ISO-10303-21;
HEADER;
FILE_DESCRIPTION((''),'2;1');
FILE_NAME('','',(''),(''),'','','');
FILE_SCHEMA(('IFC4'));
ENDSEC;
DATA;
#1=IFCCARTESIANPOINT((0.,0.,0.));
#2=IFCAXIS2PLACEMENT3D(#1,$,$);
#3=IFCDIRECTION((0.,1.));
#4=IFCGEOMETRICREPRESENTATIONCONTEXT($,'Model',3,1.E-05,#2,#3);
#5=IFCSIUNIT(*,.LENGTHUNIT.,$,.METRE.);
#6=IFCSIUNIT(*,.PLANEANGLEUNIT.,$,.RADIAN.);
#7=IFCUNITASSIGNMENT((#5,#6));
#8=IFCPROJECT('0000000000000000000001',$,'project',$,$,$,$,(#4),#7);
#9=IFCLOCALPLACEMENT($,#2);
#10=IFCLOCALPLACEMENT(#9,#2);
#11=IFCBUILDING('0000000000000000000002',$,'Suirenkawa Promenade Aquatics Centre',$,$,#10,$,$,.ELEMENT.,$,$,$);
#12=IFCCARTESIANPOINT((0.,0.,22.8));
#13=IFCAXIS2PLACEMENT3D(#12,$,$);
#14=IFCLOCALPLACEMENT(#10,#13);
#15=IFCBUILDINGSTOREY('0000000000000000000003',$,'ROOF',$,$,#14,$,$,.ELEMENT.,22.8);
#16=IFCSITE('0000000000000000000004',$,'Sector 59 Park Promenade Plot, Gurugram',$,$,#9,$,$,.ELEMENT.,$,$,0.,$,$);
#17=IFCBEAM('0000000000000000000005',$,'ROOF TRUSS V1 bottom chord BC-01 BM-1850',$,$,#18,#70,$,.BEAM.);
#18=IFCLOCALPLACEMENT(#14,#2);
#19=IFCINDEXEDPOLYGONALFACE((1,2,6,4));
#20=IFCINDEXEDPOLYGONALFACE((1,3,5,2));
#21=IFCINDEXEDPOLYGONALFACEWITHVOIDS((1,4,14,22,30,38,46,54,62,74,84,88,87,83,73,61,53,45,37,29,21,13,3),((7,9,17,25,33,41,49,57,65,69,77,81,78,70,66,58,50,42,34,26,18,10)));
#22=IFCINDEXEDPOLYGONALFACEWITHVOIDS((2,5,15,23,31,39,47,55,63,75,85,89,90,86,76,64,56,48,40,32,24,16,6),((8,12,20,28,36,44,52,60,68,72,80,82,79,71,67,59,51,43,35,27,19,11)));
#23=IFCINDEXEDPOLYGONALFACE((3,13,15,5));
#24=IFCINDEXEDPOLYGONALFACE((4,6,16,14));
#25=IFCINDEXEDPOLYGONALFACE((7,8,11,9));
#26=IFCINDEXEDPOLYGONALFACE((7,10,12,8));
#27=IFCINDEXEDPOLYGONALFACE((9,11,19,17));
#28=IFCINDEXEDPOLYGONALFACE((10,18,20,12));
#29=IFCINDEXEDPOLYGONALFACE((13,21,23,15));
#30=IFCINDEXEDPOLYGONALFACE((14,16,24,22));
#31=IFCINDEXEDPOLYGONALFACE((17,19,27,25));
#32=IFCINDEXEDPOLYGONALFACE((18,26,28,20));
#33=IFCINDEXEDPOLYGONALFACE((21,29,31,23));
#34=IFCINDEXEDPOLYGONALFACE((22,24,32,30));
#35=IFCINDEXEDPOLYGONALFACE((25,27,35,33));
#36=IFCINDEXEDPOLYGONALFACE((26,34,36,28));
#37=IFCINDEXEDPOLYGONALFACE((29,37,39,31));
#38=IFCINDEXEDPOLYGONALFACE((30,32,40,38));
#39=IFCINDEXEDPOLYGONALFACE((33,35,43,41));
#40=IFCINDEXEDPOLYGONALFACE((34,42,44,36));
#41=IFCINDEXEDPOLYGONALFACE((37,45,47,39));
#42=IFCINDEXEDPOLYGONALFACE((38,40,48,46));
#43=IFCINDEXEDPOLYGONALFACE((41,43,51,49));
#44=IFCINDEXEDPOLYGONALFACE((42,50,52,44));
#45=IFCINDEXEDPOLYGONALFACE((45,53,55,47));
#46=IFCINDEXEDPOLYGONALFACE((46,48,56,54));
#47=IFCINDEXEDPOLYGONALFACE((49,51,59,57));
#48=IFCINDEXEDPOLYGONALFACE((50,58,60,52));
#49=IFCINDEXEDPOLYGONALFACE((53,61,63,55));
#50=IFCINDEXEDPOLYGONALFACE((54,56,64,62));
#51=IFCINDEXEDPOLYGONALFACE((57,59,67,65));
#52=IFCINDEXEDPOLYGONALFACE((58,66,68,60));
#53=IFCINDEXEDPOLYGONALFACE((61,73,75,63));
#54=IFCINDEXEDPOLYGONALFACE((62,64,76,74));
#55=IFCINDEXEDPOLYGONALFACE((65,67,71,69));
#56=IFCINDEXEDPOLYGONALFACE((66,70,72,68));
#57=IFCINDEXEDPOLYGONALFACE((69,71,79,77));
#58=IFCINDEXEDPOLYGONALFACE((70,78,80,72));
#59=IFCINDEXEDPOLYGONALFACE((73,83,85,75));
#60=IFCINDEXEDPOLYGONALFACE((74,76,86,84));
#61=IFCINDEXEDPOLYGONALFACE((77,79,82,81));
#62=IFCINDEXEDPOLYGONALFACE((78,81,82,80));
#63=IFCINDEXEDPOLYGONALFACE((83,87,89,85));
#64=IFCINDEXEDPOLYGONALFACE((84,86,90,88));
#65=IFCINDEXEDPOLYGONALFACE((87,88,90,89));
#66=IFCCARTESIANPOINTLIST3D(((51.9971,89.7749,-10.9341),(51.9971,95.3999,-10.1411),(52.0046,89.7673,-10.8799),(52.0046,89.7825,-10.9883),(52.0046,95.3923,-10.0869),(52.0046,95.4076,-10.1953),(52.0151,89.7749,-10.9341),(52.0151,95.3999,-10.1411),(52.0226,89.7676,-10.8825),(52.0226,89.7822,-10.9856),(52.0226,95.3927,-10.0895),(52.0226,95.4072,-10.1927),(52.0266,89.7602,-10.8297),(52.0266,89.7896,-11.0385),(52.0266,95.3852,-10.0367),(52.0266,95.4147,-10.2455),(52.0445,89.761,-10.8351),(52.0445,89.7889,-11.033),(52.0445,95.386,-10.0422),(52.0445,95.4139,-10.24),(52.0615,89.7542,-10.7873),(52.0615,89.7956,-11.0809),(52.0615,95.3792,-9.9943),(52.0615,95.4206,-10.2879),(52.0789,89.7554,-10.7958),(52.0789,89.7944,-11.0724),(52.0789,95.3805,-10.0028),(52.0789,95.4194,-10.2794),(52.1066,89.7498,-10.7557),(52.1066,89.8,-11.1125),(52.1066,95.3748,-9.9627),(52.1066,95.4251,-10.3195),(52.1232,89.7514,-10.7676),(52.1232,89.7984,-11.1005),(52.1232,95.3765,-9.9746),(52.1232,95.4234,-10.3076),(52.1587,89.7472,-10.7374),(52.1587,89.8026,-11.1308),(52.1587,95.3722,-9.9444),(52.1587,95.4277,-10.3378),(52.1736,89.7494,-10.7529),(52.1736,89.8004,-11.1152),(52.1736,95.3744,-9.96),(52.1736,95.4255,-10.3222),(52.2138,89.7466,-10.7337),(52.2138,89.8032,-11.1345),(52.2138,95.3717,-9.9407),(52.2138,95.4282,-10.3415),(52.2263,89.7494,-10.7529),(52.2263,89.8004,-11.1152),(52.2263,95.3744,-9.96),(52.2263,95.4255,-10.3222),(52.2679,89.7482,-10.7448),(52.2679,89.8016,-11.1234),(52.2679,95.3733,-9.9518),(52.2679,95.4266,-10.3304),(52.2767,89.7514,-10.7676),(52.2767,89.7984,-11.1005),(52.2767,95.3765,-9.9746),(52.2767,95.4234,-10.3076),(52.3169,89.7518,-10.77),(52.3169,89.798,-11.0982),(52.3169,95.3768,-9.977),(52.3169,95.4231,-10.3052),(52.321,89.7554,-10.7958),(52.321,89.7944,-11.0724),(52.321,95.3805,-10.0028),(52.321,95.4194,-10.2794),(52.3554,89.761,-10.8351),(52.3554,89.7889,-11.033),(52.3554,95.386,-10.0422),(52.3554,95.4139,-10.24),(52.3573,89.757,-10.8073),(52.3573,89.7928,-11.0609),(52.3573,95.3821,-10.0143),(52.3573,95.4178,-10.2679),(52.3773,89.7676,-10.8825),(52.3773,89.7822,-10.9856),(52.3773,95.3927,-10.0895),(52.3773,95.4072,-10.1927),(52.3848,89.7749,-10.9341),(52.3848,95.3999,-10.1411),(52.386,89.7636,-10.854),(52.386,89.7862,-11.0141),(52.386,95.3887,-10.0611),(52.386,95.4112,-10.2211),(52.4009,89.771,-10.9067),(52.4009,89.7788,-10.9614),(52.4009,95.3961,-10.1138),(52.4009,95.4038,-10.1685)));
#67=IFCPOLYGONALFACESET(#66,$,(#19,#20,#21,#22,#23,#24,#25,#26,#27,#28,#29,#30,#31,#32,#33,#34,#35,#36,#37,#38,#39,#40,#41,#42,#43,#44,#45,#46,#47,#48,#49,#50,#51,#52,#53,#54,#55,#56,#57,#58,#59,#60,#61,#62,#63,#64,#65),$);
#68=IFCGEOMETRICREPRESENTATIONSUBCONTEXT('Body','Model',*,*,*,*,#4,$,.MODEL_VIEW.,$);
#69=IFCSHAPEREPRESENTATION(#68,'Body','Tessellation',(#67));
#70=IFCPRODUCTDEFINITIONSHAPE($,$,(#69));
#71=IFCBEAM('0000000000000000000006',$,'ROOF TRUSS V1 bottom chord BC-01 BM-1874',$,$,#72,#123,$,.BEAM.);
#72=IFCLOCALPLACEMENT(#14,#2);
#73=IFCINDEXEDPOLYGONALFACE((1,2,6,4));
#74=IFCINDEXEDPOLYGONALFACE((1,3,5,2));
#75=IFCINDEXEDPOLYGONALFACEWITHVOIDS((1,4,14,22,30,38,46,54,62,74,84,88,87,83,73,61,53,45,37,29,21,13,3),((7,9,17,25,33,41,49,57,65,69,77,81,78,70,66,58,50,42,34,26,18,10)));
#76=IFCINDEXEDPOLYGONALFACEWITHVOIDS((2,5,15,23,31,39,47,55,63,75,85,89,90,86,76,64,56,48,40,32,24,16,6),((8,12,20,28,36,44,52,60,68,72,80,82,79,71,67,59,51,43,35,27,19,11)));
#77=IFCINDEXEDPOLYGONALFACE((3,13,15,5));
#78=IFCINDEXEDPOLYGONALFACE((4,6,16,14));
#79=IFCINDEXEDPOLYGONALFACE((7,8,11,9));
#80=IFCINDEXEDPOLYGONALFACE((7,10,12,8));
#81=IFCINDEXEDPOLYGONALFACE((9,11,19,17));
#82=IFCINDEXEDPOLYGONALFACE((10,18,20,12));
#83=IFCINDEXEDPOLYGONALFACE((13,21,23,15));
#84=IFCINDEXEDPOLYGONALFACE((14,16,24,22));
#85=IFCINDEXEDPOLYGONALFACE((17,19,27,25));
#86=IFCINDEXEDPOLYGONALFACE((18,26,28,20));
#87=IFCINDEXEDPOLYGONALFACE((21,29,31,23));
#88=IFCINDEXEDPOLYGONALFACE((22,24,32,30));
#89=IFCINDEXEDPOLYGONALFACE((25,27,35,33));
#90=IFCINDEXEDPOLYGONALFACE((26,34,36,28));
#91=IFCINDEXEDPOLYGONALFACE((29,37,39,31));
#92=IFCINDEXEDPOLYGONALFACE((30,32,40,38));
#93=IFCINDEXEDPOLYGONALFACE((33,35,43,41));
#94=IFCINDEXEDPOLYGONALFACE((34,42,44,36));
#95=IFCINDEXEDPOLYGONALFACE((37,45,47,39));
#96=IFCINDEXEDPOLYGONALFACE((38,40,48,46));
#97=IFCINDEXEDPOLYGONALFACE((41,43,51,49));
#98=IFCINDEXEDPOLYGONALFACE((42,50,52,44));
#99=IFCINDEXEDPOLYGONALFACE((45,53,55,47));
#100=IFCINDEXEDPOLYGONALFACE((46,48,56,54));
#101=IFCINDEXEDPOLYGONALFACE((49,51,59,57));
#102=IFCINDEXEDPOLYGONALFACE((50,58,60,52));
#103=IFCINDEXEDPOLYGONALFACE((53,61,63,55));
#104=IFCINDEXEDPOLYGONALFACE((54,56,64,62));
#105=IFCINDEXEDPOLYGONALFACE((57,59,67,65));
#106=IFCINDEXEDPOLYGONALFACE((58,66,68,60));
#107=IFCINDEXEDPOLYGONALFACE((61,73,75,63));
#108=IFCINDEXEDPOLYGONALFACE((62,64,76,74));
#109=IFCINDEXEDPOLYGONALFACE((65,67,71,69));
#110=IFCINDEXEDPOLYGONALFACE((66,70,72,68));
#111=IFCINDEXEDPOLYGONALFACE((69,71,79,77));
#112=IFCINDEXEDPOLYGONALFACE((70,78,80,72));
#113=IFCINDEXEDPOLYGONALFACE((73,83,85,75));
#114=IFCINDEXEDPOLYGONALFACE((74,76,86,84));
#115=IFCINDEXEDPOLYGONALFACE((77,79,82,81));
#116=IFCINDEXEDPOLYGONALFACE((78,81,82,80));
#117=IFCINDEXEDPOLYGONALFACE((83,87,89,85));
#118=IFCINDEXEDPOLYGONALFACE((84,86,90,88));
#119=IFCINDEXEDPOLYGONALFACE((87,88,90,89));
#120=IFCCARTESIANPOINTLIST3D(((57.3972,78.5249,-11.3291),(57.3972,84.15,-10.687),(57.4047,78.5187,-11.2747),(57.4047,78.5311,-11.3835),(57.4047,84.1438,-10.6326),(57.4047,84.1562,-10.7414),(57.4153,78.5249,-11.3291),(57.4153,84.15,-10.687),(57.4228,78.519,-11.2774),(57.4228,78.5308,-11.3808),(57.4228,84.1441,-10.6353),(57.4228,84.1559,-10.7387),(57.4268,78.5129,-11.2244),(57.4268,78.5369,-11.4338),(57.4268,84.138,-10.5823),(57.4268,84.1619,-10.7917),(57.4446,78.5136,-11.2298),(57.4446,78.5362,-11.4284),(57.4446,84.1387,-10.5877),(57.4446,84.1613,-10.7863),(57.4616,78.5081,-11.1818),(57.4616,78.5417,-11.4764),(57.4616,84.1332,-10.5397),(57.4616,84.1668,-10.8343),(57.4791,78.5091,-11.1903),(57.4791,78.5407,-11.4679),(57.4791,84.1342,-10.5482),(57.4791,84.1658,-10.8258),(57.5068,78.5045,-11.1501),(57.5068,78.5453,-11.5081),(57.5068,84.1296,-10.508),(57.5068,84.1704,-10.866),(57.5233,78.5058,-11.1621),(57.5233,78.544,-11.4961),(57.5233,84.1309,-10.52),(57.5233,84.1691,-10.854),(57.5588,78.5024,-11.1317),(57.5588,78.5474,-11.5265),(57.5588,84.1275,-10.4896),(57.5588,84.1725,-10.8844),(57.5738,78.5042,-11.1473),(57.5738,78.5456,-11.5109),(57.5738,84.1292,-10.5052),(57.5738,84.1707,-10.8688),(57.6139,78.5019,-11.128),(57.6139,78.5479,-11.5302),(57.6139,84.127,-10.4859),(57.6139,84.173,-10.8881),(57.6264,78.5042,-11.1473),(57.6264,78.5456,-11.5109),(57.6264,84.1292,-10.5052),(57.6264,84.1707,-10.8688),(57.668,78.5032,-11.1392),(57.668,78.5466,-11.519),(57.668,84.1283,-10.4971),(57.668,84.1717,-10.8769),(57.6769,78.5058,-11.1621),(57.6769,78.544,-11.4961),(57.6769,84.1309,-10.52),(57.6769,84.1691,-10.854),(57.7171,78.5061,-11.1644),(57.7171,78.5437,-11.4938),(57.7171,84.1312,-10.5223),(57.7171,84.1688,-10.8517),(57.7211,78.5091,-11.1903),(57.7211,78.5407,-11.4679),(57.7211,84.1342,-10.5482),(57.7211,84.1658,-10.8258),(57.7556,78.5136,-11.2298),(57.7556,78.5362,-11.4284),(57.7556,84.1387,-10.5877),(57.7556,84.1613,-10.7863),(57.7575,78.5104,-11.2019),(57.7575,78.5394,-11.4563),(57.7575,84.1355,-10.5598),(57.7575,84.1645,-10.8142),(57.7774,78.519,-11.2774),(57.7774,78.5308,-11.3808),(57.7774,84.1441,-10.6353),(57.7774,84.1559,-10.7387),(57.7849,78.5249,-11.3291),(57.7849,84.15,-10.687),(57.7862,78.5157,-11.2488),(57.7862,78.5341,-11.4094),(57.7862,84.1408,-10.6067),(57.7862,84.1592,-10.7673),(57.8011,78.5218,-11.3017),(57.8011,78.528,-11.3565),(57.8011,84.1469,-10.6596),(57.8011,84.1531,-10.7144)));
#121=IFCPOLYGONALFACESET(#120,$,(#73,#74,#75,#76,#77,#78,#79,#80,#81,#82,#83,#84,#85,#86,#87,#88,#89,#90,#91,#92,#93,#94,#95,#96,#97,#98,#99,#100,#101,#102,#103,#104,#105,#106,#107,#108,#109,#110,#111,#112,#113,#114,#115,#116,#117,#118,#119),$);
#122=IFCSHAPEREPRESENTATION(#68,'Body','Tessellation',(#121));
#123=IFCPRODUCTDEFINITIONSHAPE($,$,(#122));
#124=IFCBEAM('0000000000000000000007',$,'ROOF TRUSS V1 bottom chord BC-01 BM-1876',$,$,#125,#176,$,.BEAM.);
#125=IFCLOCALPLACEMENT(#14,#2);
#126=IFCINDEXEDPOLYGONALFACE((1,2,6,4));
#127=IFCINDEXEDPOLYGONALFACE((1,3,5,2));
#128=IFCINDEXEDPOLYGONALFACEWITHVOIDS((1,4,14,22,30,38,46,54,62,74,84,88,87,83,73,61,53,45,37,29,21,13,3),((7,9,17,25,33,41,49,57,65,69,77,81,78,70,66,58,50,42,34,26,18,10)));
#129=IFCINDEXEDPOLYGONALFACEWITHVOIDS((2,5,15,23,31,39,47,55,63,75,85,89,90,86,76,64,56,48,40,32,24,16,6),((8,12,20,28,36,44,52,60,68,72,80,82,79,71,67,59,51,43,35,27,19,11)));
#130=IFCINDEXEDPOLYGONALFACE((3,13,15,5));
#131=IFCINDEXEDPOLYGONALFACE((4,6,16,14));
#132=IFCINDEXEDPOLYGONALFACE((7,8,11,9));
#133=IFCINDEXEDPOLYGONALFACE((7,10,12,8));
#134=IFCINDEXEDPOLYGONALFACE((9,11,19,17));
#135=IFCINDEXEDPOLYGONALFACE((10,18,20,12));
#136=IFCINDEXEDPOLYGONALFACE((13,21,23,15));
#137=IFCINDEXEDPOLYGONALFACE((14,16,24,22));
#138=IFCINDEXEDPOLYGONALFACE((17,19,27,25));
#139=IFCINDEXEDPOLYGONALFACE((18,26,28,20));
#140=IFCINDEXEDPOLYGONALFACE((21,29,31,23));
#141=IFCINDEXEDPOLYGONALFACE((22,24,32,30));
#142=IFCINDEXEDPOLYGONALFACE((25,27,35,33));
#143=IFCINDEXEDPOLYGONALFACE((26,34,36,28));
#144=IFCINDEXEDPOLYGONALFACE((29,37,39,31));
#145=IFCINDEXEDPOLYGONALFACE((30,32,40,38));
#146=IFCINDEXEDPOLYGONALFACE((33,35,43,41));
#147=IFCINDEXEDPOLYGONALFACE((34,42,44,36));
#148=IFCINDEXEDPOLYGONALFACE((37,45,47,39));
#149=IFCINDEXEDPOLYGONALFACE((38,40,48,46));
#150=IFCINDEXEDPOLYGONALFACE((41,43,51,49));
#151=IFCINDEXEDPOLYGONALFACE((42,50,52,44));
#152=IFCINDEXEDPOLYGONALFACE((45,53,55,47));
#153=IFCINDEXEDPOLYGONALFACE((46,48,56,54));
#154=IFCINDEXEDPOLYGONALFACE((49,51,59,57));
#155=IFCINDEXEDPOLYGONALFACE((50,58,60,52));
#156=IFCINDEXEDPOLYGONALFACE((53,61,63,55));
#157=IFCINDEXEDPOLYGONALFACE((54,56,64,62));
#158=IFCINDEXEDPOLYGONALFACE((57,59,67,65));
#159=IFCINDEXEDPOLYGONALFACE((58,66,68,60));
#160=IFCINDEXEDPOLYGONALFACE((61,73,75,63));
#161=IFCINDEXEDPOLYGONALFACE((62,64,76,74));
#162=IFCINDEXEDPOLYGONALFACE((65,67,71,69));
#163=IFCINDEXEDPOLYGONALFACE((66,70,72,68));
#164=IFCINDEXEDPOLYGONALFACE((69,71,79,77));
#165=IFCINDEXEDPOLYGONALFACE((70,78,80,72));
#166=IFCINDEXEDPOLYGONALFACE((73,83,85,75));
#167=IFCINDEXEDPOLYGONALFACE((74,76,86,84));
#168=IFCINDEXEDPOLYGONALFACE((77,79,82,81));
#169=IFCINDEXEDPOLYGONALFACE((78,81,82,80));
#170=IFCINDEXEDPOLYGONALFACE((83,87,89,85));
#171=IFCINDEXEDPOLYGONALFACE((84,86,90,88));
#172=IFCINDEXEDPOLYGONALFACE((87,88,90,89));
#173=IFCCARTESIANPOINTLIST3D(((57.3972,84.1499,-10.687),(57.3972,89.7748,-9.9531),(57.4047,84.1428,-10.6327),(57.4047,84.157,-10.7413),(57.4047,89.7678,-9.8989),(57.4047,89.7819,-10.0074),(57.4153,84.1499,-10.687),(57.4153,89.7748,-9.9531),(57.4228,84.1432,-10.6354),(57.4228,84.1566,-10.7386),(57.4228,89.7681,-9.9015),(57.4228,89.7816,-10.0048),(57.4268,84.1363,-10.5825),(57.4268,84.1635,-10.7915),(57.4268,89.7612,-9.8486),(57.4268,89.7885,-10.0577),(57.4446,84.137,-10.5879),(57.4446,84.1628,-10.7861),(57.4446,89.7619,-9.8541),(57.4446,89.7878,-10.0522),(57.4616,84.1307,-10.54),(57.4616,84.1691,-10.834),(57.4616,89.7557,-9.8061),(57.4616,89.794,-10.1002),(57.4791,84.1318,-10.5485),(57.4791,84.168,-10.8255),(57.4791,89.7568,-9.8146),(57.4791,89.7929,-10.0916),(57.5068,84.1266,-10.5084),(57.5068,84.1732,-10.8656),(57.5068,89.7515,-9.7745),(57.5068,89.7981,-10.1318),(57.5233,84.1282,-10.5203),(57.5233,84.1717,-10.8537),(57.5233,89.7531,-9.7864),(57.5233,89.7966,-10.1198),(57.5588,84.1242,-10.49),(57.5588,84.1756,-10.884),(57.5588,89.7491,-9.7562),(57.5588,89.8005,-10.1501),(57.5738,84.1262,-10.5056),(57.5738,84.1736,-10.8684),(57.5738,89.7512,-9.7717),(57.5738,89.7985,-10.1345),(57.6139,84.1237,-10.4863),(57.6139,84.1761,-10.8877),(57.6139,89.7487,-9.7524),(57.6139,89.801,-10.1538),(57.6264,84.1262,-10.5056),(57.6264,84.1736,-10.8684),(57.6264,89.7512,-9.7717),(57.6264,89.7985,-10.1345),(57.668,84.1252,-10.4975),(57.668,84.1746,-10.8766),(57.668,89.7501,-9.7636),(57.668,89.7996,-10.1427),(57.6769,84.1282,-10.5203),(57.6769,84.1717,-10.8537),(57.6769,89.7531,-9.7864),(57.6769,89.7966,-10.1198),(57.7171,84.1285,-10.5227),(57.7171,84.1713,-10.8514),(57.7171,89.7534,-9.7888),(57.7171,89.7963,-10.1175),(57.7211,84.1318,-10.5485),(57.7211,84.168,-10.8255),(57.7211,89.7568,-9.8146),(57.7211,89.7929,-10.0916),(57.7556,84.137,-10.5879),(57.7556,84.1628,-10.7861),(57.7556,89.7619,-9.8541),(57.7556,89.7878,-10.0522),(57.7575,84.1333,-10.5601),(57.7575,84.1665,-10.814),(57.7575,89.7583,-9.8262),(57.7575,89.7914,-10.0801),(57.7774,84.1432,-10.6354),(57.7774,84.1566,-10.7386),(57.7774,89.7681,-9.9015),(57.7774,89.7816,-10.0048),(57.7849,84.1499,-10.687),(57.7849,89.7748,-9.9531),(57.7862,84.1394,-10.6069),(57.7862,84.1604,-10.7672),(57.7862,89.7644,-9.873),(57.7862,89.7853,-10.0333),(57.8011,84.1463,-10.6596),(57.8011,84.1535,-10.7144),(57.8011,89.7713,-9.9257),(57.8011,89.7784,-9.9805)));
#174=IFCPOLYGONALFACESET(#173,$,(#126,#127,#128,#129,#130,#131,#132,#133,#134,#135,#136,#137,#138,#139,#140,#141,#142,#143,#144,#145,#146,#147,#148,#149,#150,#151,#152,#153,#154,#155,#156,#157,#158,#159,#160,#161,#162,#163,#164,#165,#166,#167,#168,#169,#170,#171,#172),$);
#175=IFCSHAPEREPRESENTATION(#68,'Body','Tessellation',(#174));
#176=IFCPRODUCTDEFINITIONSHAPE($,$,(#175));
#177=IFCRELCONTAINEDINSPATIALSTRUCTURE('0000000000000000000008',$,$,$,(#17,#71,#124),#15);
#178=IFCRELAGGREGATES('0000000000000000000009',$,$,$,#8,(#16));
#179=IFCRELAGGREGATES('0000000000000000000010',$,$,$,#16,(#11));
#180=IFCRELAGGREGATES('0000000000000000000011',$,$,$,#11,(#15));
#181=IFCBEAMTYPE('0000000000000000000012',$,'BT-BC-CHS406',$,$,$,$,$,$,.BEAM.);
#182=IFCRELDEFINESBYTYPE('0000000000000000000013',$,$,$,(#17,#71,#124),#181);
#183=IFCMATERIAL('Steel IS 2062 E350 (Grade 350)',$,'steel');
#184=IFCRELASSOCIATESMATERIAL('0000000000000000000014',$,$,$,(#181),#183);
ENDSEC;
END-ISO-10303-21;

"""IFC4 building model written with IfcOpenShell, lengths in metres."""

from ifc_helpers import new_model, si_unit, direction, frame, origin, origin_2d, place, context, subcontext, project, spatial, hollow_circle, extrude, material, material_profile, profile_set, type_object, element, save


model = new_model("IFC4")

# Units and contexts
model_context = context("Model", 3, precision=1e-05, world=origin(), true_north=direction((0.0, 1.0)))
body_context = subcontext(model_context, "Body", "Model", "MODEL_VIEW")
ifc_project = project(units=[si_unit("LENGTHUNIT", "METRE"), si_unit("PLANEANGLEUNIT", "RADIAN")], contexts=[model_context])

# Site, building, storey
site_placement = place(None, origin())
site = spatial("IfcSite", under=ifc_project, at=site_placement, Name="Sector 59 Park Promenade Plot, Gurugram", CompositionType="ELEMENT", RefElevation=0.0)
building_placement = place(site_placement, origin())
building = spatial("IfcBuilding", under=site, at=building_placement, Name="Suirenkawa Promenade Aquatics Centre", CompositionType="ELEMENT")
storey_placement = place(building_placement, frame((0.0, 0.0, 22.8)))
storey = spatial("IfcBuildingStorey", under=building, at=storey_placement, Name="ROOF", CompositionType="ELEMENT", Elevation=22.8)

# Beams
ifc_material = material(Name="Steel IS 2062 E350 (Grade 350)", Category="steel")
ifc_material_profile_1 = material_profile(ifc_material, hollow_circle(Radius=0.2029, WallThickness=0.0181, at=origin_2d()), Name="CHS 406x18", Category="steel")
ifc_profile_set_1 = profile_set([ifc_material_profile_1], Name="Steel IS 2062 E350 (Grade 350)")
beam_type_1 = type_object("IfcBeamType", Name="BT-BC-CHS406", PredefinedType="BEAM", material=ifc_profile_set_1)
beam_1_placement = place(storey_placement, frame((52.2, 89.7749, -10.9341), z_axis=(0.0, 0.990209, 0.139592), x_axis=(-1.0, 0.0, 0.0)))
element("IfcBeam", 1, at=beam_1_placement, inside=storey, type_object=beam_type_1, Name="ROOF TRUSS V1 bottom chord BC-01 BM-1850", PredefinedType="BEAM", context=body_context, shape_type="SweptSolid", body=[
    extrude(hollow_circle(Radius=0.2029, WallThickness=0.0181, at=origin_2d()), origin(), (0.0, 0.0, 1.0), 5.6807),
])
beam_2_placement = place(storey_placement, frame((57.6001, 78.5249, -11.3291), z_axis=(0.0, 0.993548, 0.113413), x_axis=(-1.0, 0.0, 0.0)))
element("IfcBeam", 2, at=beam_2_placement, inside=storey, type_object=beam_type_1, Name="ROOF TRUSS V1 bottom chord BC-01 BM-1874", PredefinedType="BEAM", context=body_context, shape_type="SweptSolid", body=[
    extrude(hollow_circle(Radius=0.2029, WallThickness=0.0181, at=origin_2d()), origin(), (0.0, 0.0, 1.0), 5.6616),
])
beam_3_placement = place(storey_placement, frame((57.6001, 84.1499, -10.687), z_axis=(0.0, 0.991596, 0.129372), x_axis=(-1.0, 0.0, 0.0)))
element("IfcBeam", 3, at=beam_3_placement, inside=storey, type_object=beam_type_1, Name="ROOF TRUSS V1 bottom chord BC-01 BM-1876", PredefinedType="BEAM", context=body_context, shape_type="SweptSolid", body=[
    extrude(hollow_circle(Radius=0.2029, WallThickness=0.0181, at=origin_2d()), origin(), (0.0, 0.0, 1.0), 5.6726),
])

save(model, "model.ifc")
